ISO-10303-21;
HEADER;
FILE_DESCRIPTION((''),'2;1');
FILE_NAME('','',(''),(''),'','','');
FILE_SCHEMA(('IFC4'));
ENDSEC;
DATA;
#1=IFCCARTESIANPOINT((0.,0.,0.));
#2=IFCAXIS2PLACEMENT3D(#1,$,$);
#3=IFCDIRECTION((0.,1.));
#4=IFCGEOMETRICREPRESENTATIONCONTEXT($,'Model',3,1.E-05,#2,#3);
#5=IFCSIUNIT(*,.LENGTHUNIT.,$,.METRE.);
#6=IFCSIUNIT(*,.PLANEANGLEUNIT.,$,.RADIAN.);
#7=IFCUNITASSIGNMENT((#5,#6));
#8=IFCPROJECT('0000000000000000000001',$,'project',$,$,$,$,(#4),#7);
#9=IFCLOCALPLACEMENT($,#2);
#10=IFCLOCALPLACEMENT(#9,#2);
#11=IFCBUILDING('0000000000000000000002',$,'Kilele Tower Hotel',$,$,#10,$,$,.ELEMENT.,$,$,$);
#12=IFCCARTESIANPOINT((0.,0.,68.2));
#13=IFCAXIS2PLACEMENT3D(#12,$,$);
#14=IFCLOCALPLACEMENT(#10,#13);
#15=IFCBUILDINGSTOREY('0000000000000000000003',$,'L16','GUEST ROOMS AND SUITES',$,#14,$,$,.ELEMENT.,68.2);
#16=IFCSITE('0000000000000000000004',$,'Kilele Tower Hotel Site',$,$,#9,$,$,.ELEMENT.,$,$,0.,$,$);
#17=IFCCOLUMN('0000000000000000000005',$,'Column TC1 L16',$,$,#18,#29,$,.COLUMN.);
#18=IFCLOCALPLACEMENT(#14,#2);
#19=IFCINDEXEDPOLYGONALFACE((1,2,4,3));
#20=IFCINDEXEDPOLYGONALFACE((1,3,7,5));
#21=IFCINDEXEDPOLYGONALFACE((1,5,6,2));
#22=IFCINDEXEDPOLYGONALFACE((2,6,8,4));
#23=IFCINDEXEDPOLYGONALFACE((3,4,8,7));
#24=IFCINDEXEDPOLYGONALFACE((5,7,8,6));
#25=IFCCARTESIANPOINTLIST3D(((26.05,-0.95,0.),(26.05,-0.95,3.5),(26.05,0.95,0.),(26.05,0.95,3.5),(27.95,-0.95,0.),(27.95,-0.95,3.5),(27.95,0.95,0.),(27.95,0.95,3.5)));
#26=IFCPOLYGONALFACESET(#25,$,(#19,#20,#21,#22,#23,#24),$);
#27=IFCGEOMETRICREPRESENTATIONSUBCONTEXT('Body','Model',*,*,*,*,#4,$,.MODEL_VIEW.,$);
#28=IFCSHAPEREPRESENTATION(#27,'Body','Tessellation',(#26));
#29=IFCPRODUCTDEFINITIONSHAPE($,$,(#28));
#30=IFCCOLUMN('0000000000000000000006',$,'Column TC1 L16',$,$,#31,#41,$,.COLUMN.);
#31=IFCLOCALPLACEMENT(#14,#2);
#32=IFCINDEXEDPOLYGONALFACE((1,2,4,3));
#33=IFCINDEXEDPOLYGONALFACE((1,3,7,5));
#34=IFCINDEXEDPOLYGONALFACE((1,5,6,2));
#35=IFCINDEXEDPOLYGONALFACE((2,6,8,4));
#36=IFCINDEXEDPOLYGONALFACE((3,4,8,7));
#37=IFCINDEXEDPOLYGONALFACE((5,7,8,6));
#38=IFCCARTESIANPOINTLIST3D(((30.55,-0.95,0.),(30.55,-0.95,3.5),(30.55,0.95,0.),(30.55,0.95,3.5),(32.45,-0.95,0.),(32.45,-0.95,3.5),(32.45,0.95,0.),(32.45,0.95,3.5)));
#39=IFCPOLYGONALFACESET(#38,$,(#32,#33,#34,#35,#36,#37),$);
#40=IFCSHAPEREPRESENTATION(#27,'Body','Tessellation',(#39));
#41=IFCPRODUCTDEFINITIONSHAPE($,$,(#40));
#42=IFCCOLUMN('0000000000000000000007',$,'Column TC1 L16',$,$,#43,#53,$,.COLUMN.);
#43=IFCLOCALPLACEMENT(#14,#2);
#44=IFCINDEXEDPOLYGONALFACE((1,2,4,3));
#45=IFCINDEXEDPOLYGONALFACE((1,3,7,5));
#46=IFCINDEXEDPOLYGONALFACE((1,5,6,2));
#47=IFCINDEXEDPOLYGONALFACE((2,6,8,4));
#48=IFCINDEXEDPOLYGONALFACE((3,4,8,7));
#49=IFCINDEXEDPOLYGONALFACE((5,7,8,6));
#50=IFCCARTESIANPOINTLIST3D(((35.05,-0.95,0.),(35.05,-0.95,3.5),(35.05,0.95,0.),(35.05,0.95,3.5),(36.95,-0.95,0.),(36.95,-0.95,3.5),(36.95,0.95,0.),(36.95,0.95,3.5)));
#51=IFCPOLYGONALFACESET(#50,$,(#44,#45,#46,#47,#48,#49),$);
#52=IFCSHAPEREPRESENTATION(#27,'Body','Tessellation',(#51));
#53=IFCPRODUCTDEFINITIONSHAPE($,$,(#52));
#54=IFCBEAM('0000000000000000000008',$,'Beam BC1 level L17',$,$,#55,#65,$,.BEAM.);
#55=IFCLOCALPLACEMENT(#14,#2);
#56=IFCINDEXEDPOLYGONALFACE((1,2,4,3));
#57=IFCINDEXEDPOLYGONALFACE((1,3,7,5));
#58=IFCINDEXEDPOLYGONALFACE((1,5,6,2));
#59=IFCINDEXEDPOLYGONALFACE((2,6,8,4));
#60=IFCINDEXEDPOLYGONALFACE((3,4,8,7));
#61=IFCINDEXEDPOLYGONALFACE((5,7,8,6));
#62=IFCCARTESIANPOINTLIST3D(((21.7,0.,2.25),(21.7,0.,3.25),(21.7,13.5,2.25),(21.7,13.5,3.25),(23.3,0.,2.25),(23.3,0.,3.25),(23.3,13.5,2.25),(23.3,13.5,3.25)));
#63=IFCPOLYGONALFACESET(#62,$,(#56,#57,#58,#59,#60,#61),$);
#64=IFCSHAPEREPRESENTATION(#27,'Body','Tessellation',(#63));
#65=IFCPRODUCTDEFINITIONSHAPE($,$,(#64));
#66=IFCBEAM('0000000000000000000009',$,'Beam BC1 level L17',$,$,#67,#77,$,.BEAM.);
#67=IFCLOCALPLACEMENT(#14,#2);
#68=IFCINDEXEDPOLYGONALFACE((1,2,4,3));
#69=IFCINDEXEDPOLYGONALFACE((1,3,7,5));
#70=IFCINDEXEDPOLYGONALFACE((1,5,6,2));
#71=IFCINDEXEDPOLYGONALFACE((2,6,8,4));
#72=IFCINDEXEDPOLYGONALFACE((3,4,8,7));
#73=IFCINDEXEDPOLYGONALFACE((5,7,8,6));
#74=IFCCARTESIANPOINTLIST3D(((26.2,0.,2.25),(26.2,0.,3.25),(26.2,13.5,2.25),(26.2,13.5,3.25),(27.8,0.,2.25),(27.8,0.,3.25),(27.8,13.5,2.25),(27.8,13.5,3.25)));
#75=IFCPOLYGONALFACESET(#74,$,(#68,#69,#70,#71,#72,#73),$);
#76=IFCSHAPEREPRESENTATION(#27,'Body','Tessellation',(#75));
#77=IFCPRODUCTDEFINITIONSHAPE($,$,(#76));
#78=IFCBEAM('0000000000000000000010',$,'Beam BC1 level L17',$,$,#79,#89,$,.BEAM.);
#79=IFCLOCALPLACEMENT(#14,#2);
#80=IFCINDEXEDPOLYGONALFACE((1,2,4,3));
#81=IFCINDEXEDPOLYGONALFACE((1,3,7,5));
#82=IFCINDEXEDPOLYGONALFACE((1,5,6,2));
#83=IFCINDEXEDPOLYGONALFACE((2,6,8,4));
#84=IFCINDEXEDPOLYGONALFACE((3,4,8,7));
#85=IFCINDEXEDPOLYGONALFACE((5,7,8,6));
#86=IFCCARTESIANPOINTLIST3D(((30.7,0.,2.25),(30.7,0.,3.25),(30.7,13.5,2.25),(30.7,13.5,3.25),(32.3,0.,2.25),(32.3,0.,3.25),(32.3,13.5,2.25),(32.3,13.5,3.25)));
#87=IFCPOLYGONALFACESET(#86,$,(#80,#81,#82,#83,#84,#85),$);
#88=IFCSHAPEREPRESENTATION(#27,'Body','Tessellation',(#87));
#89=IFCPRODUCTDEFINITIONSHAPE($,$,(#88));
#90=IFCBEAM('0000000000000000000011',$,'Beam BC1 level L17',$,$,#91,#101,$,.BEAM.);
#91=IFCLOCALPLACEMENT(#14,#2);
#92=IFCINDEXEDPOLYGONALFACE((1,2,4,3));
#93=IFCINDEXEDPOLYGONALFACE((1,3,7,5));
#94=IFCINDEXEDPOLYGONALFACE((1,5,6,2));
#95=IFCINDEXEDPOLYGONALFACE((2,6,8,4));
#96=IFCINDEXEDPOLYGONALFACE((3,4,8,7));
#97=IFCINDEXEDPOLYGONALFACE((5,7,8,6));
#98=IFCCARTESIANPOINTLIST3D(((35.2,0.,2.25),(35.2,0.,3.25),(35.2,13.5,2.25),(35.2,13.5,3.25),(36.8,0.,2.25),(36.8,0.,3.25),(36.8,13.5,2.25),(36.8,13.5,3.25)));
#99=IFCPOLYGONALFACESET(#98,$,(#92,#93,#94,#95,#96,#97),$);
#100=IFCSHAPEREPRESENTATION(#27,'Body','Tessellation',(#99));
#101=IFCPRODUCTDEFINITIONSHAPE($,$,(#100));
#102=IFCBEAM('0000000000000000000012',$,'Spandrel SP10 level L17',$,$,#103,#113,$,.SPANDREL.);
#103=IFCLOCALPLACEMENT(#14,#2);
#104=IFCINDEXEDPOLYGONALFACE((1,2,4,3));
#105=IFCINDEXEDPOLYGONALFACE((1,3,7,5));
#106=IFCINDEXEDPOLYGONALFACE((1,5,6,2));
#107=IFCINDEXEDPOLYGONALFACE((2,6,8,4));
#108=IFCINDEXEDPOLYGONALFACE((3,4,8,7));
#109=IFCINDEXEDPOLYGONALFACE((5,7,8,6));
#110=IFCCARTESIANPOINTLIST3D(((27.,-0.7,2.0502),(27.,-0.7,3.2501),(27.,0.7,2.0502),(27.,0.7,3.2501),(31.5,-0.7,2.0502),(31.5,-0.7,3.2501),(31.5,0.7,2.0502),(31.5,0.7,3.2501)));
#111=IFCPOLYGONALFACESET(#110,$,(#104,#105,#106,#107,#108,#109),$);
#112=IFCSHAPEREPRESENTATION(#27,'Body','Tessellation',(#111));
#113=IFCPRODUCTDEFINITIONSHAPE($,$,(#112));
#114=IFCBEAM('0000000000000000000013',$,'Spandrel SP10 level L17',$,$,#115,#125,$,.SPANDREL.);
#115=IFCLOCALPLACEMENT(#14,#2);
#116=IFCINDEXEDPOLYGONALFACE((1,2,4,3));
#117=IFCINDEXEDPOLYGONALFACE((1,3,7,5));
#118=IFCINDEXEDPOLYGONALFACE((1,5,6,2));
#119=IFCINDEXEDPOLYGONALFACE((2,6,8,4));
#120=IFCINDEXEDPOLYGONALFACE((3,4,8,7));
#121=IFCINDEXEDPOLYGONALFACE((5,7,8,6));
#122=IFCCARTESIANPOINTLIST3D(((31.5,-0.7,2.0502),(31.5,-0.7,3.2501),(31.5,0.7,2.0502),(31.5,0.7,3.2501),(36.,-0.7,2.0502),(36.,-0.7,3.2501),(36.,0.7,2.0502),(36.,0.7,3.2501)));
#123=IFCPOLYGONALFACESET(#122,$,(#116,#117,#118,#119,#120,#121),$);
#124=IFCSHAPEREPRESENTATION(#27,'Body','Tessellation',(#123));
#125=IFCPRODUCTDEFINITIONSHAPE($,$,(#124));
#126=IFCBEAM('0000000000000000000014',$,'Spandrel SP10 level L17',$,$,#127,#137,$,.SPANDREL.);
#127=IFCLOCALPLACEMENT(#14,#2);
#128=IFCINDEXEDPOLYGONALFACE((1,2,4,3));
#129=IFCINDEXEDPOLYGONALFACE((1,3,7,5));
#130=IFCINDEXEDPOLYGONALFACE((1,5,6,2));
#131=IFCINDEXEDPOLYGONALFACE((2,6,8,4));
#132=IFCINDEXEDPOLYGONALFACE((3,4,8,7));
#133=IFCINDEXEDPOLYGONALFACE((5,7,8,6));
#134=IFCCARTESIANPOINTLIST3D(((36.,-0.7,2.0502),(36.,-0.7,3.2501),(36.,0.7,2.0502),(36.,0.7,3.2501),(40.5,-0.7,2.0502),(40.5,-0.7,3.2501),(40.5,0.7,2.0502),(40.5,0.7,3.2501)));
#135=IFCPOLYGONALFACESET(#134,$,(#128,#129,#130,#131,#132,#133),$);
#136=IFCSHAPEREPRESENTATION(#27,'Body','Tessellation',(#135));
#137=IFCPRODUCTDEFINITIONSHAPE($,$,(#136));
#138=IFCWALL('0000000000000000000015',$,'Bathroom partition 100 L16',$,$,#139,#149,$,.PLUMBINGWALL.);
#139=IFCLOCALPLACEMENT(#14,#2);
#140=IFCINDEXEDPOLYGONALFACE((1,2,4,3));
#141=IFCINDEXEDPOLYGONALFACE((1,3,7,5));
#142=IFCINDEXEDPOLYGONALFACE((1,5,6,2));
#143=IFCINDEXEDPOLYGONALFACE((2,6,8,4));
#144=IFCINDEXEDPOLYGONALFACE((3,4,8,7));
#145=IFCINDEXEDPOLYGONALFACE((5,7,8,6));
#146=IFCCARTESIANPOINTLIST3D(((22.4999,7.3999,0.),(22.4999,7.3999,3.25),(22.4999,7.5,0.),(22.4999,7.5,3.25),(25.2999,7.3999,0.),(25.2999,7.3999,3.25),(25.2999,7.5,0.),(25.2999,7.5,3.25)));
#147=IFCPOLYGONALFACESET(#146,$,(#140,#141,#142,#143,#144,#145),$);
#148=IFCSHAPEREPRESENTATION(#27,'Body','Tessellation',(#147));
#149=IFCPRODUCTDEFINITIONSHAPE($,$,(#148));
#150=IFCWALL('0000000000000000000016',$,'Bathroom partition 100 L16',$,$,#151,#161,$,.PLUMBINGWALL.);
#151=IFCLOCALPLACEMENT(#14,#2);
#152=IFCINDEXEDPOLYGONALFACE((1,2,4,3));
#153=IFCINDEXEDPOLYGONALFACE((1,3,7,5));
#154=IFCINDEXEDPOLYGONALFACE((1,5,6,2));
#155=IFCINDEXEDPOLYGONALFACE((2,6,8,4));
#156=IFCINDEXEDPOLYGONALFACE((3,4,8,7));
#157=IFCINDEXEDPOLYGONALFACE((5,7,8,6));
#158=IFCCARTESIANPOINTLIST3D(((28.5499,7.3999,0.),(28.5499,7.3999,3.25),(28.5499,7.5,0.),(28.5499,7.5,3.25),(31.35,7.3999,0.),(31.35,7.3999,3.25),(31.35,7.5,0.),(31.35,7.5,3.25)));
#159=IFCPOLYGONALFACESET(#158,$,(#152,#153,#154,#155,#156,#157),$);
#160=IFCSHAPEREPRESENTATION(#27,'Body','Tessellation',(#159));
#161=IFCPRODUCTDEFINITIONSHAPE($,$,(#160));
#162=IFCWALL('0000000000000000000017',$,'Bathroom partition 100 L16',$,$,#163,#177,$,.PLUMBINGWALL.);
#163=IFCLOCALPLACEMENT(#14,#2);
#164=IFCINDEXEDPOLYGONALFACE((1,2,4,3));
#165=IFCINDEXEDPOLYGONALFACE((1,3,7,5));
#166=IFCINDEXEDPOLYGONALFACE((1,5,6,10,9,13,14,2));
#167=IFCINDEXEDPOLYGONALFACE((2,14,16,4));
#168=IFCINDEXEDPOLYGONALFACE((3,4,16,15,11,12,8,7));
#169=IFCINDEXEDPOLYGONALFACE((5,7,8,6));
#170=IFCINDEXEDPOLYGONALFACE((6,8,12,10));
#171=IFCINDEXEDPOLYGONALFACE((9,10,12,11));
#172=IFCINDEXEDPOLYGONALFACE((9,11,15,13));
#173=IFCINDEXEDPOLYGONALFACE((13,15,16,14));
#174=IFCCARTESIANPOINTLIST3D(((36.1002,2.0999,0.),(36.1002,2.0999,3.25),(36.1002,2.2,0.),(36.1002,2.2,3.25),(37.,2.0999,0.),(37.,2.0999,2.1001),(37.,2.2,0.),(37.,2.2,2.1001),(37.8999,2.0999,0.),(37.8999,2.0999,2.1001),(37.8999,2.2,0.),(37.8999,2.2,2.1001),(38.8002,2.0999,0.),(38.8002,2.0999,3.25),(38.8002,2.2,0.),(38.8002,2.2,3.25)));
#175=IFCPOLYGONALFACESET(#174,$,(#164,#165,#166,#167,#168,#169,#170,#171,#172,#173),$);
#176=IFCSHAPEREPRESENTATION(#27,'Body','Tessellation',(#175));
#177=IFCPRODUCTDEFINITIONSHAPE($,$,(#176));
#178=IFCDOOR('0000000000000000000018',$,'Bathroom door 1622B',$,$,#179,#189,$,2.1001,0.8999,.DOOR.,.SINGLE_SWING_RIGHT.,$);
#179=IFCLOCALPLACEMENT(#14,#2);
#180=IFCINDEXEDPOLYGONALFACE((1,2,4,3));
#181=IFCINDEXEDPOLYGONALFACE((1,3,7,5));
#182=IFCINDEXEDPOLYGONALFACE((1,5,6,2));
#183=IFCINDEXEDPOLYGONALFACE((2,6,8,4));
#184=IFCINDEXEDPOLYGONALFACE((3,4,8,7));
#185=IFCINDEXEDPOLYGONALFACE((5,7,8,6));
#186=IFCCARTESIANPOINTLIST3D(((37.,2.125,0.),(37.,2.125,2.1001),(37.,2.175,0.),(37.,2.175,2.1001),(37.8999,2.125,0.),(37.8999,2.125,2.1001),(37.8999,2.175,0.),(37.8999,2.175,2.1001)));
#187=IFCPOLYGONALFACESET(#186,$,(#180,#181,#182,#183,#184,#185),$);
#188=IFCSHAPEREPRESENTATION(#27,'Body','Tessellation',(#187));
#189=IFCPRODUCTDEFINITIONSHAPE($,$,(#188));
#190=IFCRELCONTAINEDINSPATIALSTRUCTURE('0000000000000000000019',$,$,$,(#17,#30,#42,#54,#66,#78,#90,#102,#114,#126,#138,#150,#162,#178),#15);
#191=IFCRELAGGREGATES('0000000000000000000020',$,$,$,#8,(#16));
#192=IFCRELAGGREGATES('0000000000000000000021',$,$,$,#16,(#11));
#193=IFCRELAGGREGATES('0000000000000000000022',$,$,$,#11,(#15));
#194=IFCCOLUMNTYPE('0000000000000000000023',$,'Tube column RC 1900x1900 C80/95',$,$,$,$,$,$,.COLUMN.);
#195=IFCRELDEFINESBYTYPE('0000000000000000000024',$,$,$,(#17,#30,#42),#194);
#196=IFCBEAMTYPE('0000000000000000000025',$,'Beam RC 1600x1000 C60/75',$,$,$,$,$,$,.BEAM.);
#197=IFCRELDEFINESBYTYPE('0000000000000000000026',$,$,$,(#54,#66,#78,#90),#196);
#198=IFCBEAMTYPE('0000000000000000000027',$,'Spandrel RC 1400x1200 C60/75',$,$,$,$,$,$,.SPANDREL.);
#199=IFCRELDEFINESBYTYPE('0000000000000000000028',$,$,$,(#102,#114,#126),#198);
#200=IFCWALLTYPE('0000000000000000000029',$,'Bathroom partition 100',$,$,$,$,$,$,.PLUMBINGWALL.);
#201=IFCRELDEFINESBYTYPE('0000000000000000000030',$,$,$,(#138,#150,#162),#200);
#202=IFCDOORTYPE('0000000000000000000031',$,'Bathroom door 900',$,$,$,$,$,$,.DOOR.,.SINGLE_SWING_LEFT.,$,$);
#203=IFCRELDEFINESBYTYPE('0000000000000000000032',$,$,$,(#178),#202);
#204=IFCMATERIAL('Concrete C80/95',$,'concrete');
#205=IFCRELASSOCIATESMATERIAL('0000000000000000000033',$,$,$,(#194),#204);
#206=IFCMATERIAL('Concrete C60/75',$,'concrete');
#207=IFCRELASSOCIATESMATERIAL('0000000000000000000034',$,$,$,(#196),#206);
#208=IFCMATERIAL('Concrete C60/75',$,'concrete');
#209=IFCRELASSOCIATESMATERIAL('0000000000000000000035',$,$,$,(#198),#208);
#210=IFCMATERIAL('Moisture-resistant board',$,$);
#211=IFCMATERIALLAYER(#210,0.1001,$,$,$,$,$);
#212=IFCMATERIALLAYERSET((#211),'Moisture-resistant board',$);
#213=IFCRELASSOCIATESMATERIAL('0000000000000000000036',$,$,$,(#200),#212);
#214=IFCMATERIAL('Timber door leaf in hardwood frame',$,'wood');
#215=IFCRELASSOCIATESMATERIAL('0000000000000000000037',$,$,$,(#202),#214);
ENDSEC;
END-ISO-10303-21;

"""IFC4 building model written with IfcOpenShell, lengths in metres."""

from ifc_helpers import new_model, si_unit, direction, frame, frame_2d, origin, origin_2d, place, context, subcontext, project, spatial, rectangle, extrude, material, layer, layer_set, material_profile, profile_set, type_object, element, fill, save


model = new_model("IFC4")

# Units and contexts
model_context = context("Model", 3, precision=1e-05, world=origin(), true_north=direction((0.0, 1.0)))
body_context = subcontext(model_context, "Body", "Model", "MODEL_VIEW")
ifc_project = project(units=[si_unit("LENGTHUNIT", "METRE"), si_unit("PLANEANGLEUNIT", "RADIAN")], contexts=[model_context])

# Site, building, storey
site_placement = place(None, origin())
site = spatial("IfcSite", under=ifc_project, at=site_placement, Name="Kilele Tower Hotel Site", CompositionType="ELEMENT", RefElevation=0.0)
building_placement = place(site_placement, origin())
building = spatial("IfcBuilding", under=site, at=building_placement, Name="Kilele Tower Hotel", CompositionType="ELEMENT")
storey_placement = place(building_placement, frame((0.0, 0.0, 68.2)))
storey = spatial("IfcBuildingStorey", under=building, at=storey_placement, Name="L16", Description="GUEST ROOMS AND SUITES", CompositionType="ELEMENT", Elevation=68.2)

# Columns
ifc_material_1 = material(Name="Concrete C80/95", Category="concrete")
ifc_material_profile_1 = material_profile(ifc_material_1, rectangle(XDim=1.8999, YDim=1.8999, at=origin_2d()))
ifc_profile_set_1 = profile_set([ifc_material_profile_1], Name="Concrete C80/95")
column_type = type_object("IfcColumnType", Name="Tube column RC 1900x1900 C80/95", PredefinedType="COLUMN", material=ifc_profile_set_1)
for number, where, z_axis, x_axis, name in (
    (1, (27.0, 0.0, 0.0), (0.0, 0.0, 1.0), (1.0, 0.0, 0.0), "Column TC1 L16"),
    (2, (31.5, 0.0, 0.0), (0.0, 0.0, 1.0), (1.0, 0.0, 0.0), "Column TC1 L16"),
    (3, (36.0, 0.0, 0.0), (0.0, 0.0, 1.0), (1.0, 0.0, 0.0), "Column TC1 L16"),
):
    element("IfcColumn", number, at=place(storey_placement, frame(where, z_axis=z_axis, x_axis=x_axis)), inside=storey, type_object=column_type, Name=name, PredefinedType="COLUMN", context=body_context, shape_type="SweptSolid", body=[
        extrude(rectangle(XDim=1.8999, YDim=1.8999, at=origin_2d()), origin(), (0.0, 0.0, 1.0), 3.5),
    ])

# Beams
ifc_material_2 = material(Name="Concrete C60/75", Category="concrete")
ifc_material_profile_2 = material_profile(ifc_material_2, rectangle(XDim=1.6001, YDim=1.0, at=origin_2d()))
ifc_profile_set_2 = profile_set([ifc_material_profile_2], Name="Concrete C60/75")
beam_type_1 = type_object("IfcBeamType", Name="Beam RC 1600x1000 C60/75", PredefinedType="BEAM", material=ifc_profile_set_2)
for number, where, z_axis, x_axis, name in (
    (4, (22.5, 0.0, 2.75), (0.0, 1.0, 0.0), (-1.0, 0.0, 0.0), "Beam BC1 level L17"),
    (5, (27.0, 0.0, 2.75), (0.0, 1.0, 0.0), (-1.0, 0.0, 0.0), "Beam BC1 level L17"),
    (6, (31.5, 0.0, 2.75), (0.0, 1.0, 0.0), (-1.0, 0.0, 0.0), "Beam BC1 level L17"),
    (7, (36.0, 0.0, 2.75), (0.0, 1.0, 0.0), (-1.0, 0.0, 0.0), "Beam BC1 level L17"),
):
    element("IfcBeam", number, at=place(storey_placement, frame(where, z_axis=z_axis, x_axis=x_axis)), inside=storey, type_object=beam_type_1, Name=name, PredefinedType="BEAM", context=body_context, shape_type="SweptSolid", body=[
        extrude(rectangle(XDim=1.6001, YDim=1.0, at=origin_2d()), origin(), (0.0, 0.0, 1.0), 13.5),
    ])
ifc_material_3 = material(Name="Concrete C60/75", Category="concrete")
ifc_material_profile_3 = material_profile(ifc_material_3, rectangle(XDim=1.3999, YDim=1.2, at=origin_2d()))
ifc_profile_set_3 = profile_set([ifc_material_profile_3], Name="Concrete C60/75")
beam_type_2 = type_object("IfcBeamType", Name="Spandrel RC 1400x1200 C60/75", PredefinedType="SPANDREL", material=ifc_profile_set_3)
for number, where, z_axis, x_axis, name in (
    (8, (27.0, 0.0, 2.6501), (1.0, 0.0, 0.0), (0.0, 1.0, 0.0), "Spandrel SP10 level L17"),
    (9, (31.5, 0.0, 2.6501), (1.0, 0.0, 0.0), (0.0, 1.0, 0.0), "Spandrel SP10 level L17"),
    (10, (36.0, 0.0, 2.6501), (1.0, 0.0, 0.0), (0.0, 1.0, 0.0), "Spandrel SP10 level L17"),
):
    element("IfcBeam", number, at=place(storey_placement, frame(where, z_axis=z_axis, x_axis=x_axis)), inside=storey, type_object=beam_type_2, Name=name, PredefinedType="SPANDREL", context=body_context, shape_type="SweptSolid", body=[
        extrude(rectangle(XDim=1.3999, YDim=1.2, at=origin_2d()), origin(), (0.0, 0.0, 1.0), 4.5),
    ])

# Walls
ifc_material_4 = material(Name="Moisture-resistant board")
ifc_layer_1 = layer(ifc_material_4, 0.1001)
ifc_layer_set_1 = layer_set([ifc_layer_1], Name="Moisture-resistant board")
wall_type_1 = type_object("IfcWallType", Name="Bathroom partition 100", PredefinedType="PLUMBINGWALL", material=ifc_layer_set_1)
for number, where, z_axis, x_axis, name in (
    (11, (22.5, 7.45, 0.0), (0.0, 0.0, 1.0), (1.0, 0.0, 0.0), "Bathroom partition 100 L16"),
    (12, (28.55, 7.45, 0.0), (0.0, 0.0, 1.0), (1.0, 0.0, 0.0), "Bathroom partition 100 L16"),
):
    element("IfcWall", number, at=place(storey_placement, frame(where, z_axis=z_axis, x_axis=x_axis)), inside=storey, type_object=wall_type_1, Name=name, PredefinedType="PLUMBINGWALL", context=body_context, shape_type="SweptSolid", body=[
        extrude(rectangle(XDim=2.8, YDim=0.1001, at=frame_2d((1.3999, 0.0))), origin(), (0.0, 0.0, 1.0), 3.25),
    ])

# Wall, opening, door
wall_1_placement = place(storey_placement, frame((36.1001, 2.1499, 0.0), z_axis=(0.0, 0.0, 1.0), x_axis=(1.0, 0.0, 0.0)))
wall_1 = element("IfcWall", 13, at=wall_1_placement, inside=storey, type_object=wall_type_1, Name="Bathroom partition 100 L16", PredefinedType="PLUMBINGWALL", context=body_context, shape_type="SweptSolid", body=[
    extrude(rectangle(XDim=2.7, YDim=0.1001, at=frame_2d((1.3501, 0.0))), origin(), (0.0, 0.0, 1.0), 3.25),
])
opening_1_placement = place(wall_1_placement, frame((1.7998, 0.0, 0.0), z_axis=(0.0, 0.0, 1.0), x_axis=(-1.0, 0.0, 0.0)))
opening_1 = element("IfcOpeningElement", 14, at=opening_1_placement, cuts=wall_1, PredefinedType="OPENING", context=body_context, shape_type="SweptSolid", body=[
    extrude(rectangle(XDim=0.8999, YDim=2.1001, at=frame_2d((0.45, 1.05))), frame((0.0, 0.0601, 0.0), z_axis=(0.0, -1.0, 0.0), x_axis=(1.0, 0.0, 0.0)), (0.0, 0.0, 1.0), 0.1201),
])
ifc_material_5 = material(Name="Timber door leaf in hardwood frame", Category="wood")
door_type_1 = type_object("IfcDoorType", Name="Bathroom door 900", OperationType="SINGLE_SWING_LEFT", PredefinedType="DOOR", material=ifc_material_5)
door_1_placement = place(opening_1_placement, origin())
door_1 = element("IfcDoor", 15, at=door_1_placement, inside=storey, type_object=door_type_1, Name="Bathroom door 1622B", OperationType="SINGLE_SWING_RIGHT", OverallHeight=2.1001, OverallWidth=0.8999, PredefinedType="DOOR", context=body_context, shape_type="SweptSolid", body=[
    extrude(rectangle(XDim=0.8999, YDim=2.1001, at=frame_2d((0.45, 1.05))), frame((0.0, 0.0249, 0.0), z_axis=(0.0, -1.0, 0.0), x_axis=(1.0, 0.0, 0.0)), (0.0, 0.0, 1.0), 0.05),
])
fill(opening_1, door_1)

save(model, "model.ifc")
